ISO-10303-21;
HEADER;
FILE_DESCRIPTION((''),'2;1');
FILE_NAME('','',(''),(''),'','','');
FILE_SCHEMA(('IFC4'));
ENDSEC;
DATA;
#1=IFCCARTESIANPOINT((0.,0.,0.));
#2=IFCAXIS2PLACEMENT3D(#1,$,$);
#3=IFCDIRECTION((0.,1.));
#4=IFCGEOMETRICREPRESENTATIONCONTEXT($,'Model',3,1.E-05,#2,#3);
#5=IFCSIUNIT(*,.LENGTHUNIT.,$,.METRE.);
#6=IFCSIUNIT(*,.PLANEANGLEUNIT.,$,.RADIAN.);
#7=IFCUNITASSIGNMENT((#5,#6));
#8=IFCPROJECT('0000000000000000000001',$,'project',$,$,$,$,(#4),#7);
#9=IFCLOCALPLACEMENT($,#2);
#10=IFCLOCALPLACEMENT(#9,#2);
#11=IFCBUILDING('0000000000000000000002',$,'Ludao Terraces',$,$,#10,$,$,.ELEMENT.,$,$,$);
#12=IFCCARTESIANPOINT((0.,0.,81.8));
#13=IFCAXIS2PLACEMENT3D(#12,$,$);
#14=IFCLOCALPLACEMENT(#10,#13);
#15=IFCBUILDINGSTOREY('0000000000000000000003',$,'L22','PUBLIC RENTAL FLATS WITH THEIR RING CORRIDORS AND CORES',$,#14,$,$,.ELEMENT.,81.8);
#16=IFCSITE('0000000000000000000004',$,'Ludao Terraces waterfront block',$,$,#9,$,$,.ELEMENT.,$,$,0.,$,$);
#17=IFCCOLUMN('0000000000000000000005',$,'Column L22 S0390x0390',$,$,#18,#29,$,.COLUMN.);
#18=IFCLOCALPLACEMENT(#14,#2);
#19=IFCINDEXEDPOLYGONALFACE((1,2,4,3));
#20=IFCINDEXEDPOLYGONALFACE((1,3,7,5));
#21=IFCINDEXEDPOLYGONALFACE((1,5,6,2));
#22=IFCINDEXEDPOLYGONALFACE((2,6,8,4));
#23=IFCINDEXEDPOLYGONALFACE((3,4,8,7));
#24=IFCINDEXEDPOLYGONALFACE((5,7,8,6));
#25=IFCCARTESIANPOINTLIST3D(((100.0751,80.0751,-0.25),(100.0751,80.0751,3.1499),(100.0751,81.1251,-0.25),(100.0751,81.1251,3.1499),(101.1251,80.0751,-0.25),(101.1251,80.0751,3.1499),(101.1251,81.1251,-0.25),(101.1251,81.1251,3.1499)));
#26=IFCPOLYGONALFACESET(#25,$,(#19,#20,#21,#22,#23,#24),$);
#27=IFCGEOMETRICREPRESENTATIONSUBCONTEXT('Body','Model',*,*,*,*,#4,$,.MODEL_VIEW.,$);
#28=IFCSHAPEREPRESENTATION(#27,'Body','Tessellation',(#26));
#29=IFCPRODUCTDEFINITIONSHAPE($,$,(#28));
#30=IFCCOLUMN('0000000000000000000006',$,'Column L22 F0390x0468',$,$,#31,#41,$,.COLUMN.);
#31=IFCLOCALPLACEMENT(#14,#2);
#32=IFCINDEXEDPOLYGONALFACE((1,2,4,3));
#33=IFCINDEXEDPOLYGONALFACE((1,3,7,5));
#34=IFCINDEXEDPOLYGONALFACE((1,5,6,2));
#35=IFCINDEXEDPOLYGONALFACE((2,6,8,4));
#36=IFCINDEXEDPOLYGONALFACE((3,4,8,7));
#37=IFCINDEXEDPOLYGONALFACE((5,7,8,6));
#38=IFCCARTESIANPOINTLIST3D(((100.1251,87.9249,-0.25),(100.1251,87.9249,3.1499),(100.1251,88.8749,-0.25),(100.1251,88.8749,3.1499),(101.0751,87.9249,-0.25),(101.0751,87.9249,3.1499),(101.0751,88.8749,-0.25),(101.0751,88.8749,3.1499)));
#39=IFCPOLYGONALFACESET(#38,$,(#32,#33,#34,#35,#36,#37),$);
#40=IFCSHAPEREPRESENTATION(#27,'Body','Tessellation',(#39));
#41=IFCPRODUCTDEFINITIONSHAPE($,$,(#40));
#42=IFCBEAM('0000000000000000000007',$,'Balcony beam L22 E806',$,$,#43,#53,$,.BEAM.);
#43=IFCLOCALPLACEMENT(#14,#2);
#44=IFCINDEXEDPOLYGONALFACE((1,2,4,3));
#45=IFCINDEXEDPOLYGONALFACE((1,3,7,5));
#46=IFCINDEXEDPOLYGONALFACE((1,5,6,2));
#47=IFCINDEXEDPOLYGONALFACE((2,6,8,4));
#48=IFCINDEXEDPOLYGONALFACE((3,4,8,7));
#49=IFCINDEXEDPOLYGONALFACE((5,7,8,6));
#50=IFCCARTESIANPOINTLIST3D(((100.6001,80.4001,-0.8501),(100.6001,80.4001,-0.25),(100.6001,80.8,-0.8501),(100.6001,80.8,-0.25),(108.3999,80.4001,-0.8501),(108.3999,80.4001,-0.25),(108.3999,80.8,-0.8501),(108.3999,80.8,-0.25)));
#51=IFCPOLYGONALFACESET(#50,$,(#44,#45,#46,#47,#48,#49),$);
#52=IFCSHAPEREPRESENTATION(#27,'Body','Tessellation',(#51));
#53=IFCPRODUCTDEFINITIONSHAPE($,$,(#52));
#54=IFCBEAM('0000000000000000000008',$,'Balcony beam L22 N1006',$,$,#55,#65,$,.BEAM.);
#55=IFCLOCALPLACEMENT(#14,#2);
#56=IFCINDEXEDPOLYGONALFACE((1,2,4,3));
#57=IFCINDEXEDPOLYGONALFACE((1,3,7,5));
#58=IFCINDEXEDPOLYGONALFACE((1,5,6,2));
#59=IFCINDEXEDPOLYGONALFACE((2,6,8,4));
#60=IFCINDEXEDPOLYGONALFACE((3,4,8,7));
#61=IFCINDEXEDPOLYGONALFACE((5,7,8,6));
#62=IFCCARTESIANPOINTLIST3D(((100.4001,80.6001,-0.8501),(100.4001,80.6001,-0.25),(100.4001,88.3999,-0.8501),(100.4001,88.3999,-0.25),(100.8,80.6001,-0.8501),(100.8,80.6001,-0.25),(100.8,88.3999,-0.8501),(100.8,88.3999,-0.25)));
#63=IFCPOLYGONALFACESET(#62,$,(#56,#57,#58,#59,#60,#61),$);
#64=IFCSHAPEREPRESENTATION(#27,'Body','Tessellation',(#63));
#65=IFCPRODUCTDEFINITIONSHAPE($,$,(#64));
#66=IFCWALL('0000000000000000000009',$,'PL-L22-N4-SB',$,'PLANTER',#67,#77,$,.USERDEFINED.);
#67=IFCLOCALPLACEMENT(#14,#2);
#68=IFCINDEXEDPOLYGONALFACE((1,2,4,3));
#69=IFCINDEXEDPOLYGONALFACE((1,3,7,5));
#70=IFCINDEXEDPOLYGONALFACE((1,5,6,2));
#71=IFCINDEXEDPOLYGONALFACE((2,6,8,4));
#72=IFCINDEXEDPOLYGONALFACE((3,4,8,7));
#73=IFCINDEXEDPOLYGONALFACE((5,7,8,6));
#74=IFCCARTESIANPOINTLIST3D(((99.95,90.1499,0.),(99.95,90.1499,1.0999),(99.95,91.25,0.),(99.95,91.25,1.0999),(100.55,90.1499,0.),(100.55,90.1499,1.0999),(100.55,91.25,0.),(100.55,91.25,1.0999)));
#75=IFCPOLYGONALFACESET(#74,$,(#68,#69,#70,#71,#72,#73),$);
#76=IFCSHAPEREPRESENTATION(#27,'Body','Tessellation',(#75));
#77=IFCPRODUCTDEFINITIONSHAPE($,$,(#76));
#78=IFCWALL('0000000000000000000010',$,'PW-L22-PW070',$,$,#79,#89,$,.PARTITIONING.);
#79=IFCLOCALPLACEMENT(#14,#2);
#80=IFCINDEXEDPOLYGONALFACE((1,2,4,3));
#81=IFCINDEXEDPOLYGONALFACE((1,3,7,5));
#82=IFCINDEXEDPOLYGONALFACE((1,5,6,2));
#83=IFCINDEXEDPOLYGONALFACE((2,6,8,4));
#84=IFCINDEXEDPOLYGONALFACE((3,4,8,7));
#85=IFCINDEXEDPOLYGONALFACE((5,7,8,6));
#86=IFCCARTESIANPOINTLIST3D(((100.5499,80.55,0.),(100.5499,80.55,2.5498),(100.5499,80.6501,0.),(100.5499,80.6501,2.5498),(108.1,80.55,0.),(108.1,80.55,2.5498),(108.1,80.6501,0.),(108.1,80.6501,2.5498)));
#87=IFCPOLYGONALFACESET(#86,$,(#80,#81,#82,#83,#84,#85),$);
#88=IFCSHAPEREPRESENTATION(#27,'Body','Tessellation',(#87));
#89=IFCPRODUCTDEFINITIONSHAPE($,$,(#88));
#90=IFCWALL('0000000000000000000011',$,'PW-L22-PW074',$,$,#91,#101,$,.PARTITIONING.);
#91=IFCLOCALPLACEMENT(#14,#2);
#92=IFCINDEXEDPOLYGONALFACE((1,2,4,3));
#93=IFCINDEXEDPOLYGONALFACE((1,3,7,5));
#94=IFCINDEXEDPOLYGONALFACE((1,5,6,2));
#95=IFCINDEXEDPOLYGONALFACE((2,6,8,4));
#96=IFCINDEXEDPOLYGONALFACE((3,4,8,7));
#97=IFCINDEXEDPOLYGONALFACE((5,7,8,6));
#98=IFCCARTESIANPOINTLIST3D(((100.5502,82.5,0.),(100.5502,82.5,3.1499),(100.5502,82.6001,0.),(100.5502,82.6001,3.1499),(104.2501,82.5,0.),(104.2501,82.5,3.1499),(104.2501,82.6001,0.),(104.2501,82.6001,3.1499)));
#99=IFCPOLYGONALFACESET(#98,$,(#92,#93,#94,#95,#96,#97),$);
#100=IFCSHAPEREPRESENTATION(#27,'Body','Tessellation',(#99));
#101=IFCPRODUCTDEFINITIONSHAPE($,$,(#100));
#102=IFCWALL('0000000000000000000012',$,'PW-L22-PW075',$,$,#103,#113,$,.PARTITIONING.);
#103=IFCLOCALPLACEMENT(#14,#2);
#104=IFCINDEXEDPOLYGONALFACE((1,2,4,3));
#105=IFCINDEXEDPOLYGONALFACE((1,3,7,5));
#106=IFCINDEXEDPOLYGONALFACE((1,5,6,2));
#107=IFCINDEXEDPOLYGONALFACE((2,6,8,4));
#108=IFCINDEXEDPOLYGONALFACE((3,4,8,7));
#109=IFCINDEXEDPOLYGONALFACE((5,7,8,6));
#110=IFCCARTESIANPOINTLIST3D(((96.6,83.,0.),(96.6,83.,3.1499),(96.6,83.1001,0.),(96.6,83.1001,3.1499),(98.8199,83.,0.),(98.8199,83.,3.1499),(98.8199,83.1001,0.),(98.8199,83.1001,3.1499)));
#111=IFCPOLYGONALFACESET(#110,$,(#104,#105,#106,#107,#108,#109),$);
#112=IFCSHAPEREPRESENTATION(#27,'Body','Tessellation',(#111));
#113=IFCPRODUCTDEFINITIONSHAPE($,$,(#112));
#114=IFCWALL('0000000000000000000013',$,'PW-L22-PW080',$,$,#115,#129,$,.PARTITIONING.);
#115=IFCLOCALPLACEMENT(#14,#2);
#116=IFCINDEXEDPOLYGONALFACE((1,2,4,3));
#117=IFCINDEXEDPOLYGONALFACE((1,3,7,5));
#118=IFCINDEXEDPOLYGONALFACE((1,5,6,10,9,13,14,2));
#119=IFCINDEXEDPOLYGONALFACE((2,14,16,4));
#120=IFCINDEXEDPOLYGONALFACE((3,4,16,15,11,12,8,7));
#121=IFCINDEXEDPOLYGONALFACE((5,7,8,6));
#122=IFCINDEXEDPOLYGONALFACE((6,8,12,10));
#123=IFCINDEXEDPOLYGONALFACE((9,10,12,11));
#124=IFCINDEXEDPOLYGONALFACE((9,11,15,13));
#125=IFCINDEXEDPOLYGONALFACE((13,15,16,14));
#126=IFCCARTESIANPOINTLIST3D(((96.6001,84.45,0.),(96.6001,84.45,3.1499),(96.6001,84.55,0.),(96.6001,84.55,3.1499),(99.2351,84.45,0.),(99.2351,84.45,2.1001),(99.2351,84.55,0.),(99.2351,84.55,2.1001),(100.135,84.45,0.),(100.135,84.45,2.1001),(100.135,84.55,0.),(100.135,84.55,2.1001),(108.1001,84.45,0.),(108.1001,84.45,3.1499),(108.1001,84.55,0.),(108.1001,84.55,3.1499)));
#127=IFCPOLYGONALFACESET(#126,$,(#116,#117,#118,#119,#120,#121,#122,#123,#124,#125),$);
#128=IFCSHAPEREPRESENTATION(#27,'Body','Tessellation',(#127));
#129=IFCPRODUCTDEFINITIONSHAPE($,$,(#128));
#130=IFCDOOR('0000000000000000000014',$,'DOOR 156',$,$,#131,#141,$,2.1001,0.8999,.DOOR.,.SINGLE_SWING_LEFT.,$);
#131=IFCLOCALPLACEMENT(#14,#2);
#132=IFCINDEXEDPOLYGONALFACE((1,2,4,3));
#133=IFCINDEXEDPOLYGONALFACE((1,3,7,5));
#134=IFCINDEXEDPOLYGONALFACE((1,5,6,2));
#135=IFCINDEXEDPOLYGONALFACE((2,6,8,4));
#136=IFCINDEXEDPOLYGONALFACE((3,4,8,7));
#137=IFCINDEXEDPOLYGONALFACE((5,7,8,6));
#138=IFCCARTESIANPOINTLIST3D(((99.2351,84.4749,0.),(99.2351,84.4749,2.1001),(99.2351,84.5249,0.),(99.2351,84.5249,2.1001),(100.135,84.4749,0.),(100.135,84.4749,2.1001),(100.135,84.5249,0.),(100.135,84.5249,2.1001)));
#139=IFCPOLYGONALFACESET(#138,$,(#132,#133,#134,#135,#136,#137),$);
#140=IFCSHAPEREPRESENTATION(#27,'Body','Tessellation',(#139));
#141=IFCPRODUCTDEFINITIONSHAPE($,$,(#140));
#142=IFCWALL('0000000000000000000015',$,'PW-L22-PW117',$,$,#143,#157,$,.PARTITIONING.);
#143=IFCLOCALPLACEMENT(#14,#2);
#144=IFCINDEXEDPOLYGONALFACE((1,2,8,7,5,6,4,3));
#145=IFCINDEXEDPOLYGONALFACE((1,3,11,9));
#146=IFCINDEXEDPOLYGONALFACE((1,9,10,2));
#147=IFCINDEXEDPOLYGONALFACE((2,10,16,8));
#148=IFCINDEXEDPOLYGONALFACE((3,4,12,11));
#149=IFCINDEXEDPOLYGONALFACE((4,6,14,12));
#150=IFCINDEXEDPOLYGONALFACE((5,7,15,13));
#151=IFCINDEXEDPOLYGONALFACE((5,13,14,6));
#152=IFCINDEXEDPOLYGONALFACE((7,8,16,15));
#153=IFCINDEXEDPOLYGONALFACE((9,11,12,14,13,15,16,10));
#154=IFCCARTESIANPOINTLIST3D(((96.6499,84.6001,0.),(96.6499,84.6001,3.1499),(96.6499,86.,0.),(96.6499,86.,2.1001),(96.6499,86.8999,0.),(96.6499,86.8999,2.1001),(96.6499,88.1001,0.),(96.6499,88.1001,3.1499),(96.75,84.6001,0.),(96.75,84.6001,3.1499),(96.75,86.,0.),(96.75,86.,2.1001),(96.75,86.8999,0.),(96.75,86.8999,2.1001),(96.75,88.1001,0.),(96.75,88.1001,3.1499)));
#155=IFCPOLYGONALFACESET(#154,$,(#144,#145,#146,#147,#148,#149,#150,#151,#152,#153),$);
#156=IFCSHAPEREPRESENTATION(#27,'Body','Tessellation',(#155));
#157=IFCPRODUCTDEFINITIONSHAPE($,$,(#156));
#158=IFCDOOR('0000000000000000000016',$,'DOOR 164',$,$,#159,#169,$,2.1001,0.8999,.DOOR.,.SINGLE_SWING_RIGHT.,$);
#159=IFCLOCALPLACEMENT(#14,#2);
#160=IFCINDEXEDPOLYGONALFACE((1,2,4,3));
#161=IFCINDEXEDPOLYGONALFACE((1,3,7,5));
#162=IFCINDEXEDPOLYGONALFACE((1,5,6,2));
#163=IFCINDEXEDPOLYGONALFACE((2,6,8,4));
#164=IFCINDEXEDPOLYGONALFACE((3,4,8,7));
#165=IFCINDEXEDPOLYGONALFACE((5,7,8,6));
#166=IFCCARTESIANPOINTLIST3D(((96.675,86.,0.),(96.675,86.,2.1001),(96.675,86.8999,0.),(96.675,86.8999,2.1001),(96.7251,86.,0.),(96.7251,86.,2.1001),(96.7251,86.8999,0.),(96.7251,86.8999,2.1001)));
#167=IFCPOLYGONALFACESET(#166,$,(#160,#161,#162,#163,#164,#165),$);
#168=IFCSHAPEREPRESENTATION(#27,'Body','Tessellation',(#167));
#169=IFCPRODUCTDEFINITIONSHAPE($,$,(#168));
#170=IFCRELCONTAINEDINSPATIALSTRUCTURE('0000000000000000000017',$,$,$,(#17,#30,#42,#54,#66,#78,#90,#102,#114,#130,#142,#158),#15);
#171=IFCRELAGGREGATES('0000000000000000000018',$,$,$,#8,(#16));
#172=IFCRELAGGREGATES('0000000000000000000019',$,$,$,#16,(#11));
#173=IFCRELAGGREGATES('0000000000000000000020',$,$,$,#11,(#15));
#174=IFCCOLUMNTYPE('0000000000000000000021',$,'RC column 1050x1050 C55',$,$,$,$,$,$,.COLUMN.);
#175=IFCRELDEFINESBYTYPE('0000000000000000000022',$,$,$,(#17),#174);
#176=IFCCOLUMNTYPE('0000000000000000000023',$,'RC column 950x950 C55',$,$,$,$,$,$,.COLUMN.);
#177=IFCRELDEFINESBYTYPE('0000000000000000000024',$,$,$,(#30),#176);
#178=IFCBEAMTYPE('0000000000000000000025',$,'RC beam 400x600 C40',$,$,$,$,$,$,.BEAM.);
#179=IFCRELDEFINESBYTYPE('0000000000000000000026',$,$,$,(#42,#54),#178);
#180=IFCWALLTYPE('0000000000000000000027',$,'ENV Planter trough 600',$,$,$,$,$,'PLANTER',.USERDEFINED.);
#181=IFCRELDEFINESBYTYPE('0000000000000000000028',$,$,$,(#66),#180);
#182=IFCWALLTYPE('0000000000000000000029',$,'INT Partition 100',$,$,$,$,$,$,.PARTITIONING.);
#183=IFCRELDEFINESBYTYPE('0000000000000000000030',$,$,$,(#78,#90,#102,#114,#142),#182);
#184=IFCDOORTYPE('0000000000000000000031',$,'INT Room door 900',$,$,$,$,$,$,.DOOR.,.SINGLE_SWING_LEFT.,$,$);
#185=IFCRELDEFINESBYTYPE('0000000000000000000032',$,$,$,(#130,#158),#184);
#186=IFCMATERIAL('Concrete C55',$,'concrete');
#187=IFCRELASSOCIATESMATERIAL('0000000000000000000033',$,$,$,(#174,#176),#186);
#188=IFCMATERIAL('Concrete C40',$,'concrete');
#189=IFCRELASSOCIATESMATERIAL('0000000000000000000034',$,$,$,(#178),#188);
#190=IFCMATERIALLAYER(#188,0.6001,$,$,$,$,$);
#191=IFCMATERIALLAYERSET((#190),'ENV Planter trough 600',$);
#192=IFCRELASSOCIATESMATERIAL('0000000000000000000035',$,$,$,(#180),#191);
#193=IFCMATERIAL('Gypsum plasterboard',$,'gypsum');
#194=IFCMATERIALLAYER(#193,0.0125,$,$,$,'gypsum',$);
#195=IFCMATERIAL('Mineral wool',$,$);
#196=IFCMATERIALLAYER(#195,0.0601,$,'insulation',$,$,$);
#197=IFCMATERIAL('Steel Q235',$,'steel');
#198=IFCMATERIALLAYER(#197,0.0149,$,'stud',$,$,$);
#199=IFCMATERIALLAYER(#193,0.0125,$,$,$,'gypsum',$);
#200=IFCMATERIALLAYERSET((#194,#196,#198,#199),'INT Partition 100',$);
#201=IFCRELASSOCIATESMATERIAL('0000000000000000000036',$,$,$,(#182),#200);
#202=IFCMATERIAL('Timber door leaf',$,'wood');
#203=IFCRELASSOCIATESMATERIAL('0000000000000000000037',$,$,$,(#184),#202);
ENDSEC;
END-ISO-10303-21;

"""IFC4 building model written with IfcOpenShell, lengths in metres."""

from ifc_helpers import new_model, si_unit, direction, frame, frame_2d, origin, origin_2d, place, context, subcontext, project, spatial, rectangle, extrude, material, layer, layer_set, material_profile, profile_set, type_object, element, fill, save


model = new_model("IFC4")

# Units and contexts
model_context = context("Model", 3, precision=1e-05, world=origin(), true_north=direction((0.0, 1.0)))
body_context = subcontext(model_context, "Body", "Model", "MODEL_VIEW")
ifc_project = project(units=[si_unit("LENGTHUNIT", "METRE"), si_unit("PLANEANGLEUNIT", "RADIAN")], contexts=[model_context])

# Site, building, storey
site_placement = place(None, origin())
site = spatial("IfcSite", under=ifc_project, at=site_placement, Name="Ludao Terraces waterfront block", CompositionType="ELEMENT", RefElevation=0.0)
building_placement = place(site_placement, origin())
building = spatial("IfcBuilding", under=site, at=building_placement, Name="Ludao Terraces", CompositionType="ELEMENT")
storey_placement = place(building_placement, frame((0.0, 0.0, 81.8)))
storey = spatial("IfcBuildingStorey", under=building, at=storey_placement, Name="L22", Description="PUBLIC RENTAL FLATS WITH THEIR RING CORRIDORS AND CORES", CompositionType="ELEMENT", Elevation=81.8)

# Columns
ifc_material_1 = material(Name="Concrete C55", Category="concrete")
ifc_material_profile_1 = material_profile(ifc_material_1, rectangle(XDim=1.05, YDim=1.05, at=origin_2d()), Name="1050 X 1050")
ifc_profile_set_1 = profile_set([ifc_material_profile_1], Name="Concrete C55")
column_type_1 = type_object("IfcColumnType", Name="RC column 1050x1050 C55", PredefinedType="COLUMN", material=ifc_profile_set_1)
column_1_placement = place(storey_placement, frame((100.6001, 80.6001, -0.25), z_axis=(0.0, 0.0, 1.0), x_axis=(1.0, 0.0, 0.0)))
element("IfcColumn", 1, at=column_1_placement, inside=storey, type_object=column_type_1, Name="Column L22 S0390x0390", PredefinedType="COLUMN", context=body_context, shape_type="SweptSolid", body=[
    extrude(rectangle(XDim=1.05, YDim=1.05, at=origin_2d()), origin(), (0.0, 0.0, 1.0), 3.3999),
])
ifc_material_profile_2 = material_profile(ifc_material_1, rectangle(XDim=0.95, YDim=0.95, at=origin_2d()), Name="950 X 950")
ifc_profile_set_2 = profile_set([ifc_material_profile_2], Name="Concrete C55")
column_type_2 = type_object("IfcColumnType", Name="RC column 950x950 C55", PredefinedType="COLUMN", material=ifc_profile_set_2)
column_2_placement = place(storey_placement, frame((100.6001, 88.3999, -0.25), z_axis=(0.0, 0.0, 1.0), x_axis=(1.0, 0.0, 0.0)))
element("IfcColumn", 2, at=column_2_placement, inside=storey, type_object=column_type_2, Name="Column L22 F0390x0468", PredefinedType="COLUMN", context=body_context, shape_type="SweptSolid", body=[
    extrude(rectangle(XDim=0.95, YDim=0.95, at=origin_2d()), origin(), (0.0, 0.0, 1.0), 3.3999),
])

# Beams
ifc_material_2 = material(Name="Concrete C40", Category="concrete")
ifc_material_profile_3 = material_profile(ifc_material_2, rectangle(XDim=0.3999, YDim=0.6001, at=origin_2d()), Name="400 X 600")
ifc_profile_set_3 = profile_set([ifc_material_profile_3], Name="Concrete C40")
beam_type = type_object("IfcBeamType", Name="RC beam 400x600 C40", PredefinedType="BEAM", material=ifc_profile_set_3)
for number, where, z_axis, x_axis, name in (
    (3, (100.6001, 80.6001, -0.55), (1.0, 0.0, 0.0), (0.0, 1.0, 0.0), "Balcony beam L22 E806"),
    (4, (100.6001, 80.6001, -0.55), (0.0, 1.0, 0.0), (-1.0, 0.0, 0.0), "Balcony beam L22 N1006"),
):
    element("IfcBeam", number, at=place(storey_placement, frame(where, z_axis=z_axis, x_axis=x_axis)), inside=storey, type_object=beam_type, Name=name, PredefinedType="BEAM", context=body_context, shape_type="SweptSolid", body=[
        extrude(rectangle(XDim=0.3999, YDim=0.6001, at=origin_2d()), origin(), (0.0, 0.0, 1.0), 7.7998),
    ])

# Walls
ifc_layer_1 = layer(ifc_material_2, 0.6001)
ifc_layer_set_1 = layer_set([ifc_layer_1], Name="ENV Planter trough 600")
wall_type_1 = type_object("IfcWallType", Name="ENV Planter trough 600", ElementType="PLANTER", PredefinedType="USERDEFINED", material=ifc_layer_set_1)
wall_1_placement = place(storey_placement, frame((100.25, 91.25, 0.0), z_axis=(0.0, 0.0, 1.0), x_axis=(0.0, -1.0, 0.0)))
element("IfcWall", 5, at=wall_1_placement, inside=storey, type_object=wall_type_1, Name="PL-L22-N4-SB", ObjectType="PLANTER", PredefinedType="USERDEFINED", context=body_context, shape_type="SweptSolid", body=[
    extrude(rectangle(XDim=1.1001, YDim=0.6001, at=frame_2d((0.55, 0.0))), origin(), (0.0, 0.0, 1.0), 1.0999),
])
ifc_material_3 = material(Name="Gypsum plasterboard", Category="gypsum")
ifc_layer_2 = layer(ifc_material_3, 0.0125, Category="gypsum")
ifc_material_4 = material(Name="Mineral wool")
ifc_layer_3 = layer(ifc_material_4, 0.0601, Name="insulation")
ifc_material_5 = material(Name="Steel Q235", Category="steel")
ifc_layer_4 = layer(ifc_material_5, 0.0149, Name="stud")
ifc_layer_5 = layer(ifc_material_3, 0.0125, Category="gypsum")
ifc_layer_set_2 = layer_set([ifc_layer_2, ifc_layer_3, ifc_layer_4, ifc_layer_5], Name="INT Partition 100")
wall_type_2 = type_object("IfcWallType", Name="INT Partition 100", PredefinedType="PARTITIONING", material=ifc_layer_set_2)
wall_2_placement = place(storey_placement, frame((100.55, 80.6001, 0.0), z_axis=(0.0, 0.0, 1.0), x_axis=(1.0, 0.0, 0.0)))
element("IfcWall", 6, at=wall_2_placement, inside=storey, type_object=wall_type_2, Name="PW-L22-PW070", PredefinedType="PARTITIONING", context=body_context, shape_type="SweptSolid", body=[
    extrude(rectangle(XDim=7.55, YDim=0.1001, at=frame_2d((3.7749, 0.0))), origin(), (0.0, 0.0, 1.0), 2.5498),
])
wall_3_placement = place(storey_placement, frame((100.55, 82.55, 0.0), z_axis=(0.0, 0.0, 1.0), x_axis=(1.0, 0.0, 0.0)))
element("IfcWall", 7, at=wall_3_placement, inside=storey, type_object=wall_type_2, Name="PW-L22-PW074", PredefinedType="PARTITIONING", context=body_context, shape_type="SweptSolid", body=[
    extrude(rectangle(XDim=3.7, YDim=0.1001, at=frame_2d((1.8501, 0.0))), origin(), (0.0, 0.0, 1.0), 3.1499),
])
wall_4_placement = place(storey_placement, frame((96.6001, 83.05, 0.0), z_axis=(0.0, 0.0, 1.0), x_axis=(1.0, 0.0, 0.0)))
element("IfcWall", 8, at=wall_4_placement, inside=storey, type_object=wall_type_2, Name="PW-L22-PW075", PredefinedType="PARTITIONING", context=body_context, shape_type="SweptSolid", body=[
    extrude(rectangle(XDim=2.22, YDim=0.1001, at=frame_2d((1.1099, 0.0))), origin(), (0.0, 0.0, 1.0), 3.1499),
])

# Walls, openings, doors
wall_5_placement = place(storey_placement, frame((96.6001, 84.5, 0.0), z_axis=(0.0, 0.0, 1.0), x_axis=(1.0, 0.0, 0.0)))
wall_5 = element("IfcWall", 9, at=wall_5_placement, inside=storey, type_object=wall_type_2, Name="PW-L22-PW080", PredefinedType="PARTITIONING", context=body_context, shape_type="SweptSolid", body=[
    extrude(rectangle(XDim=11.5, YDim=0.1001, at=frame_2d((5.75, 0.0))), origin(), (0.0, 0.0, 1.0), 3.1499),
])
opening_1_placement = place(wall_5_placement, frame((2.635, 0.0, 0.0)))
opening_1 = element("IfcOpeningElement", 10, at=opening_1_placement, cuts=wall_5, PredefinedType="OPENING", context=body_context, shape_type="SweptSolid", body=[
    extrude(rectangle(XDim=0.8999, YDim=2.1001, at=frame_2d((0.45, 1.05))), frame((0.0, 0.0601, 0.0), z_axis=(0.0, -1.0, 0.0), x_axis=(1.0, 0.0, 0.0)), (0.0, 0.0, 1.0), 0.1201),
])
ifc_material_6 = material(Name="Timber door leaf", Category="wood")
door_type_1 = type_object("IfcDoorType", Name="INT Room door 900", OperationType="SINGLE_SWING_LEFT", PredefinedType="DOOR", material=ifc_material_6)
door_1_placement = place(opening_1_placement, origin())
door_1 = element("IfcDoor", 11, at=door_1_placement, inside=storey, type_object=door_type_1, Name="DOOR 156", OperationType="SINGLE_SWING_LEFT", OverallHeight=2.1001, OverallWidth=0.8999, PredefinedType="DOOR", context=body_context, shape_type="SweptSolid", body=[
    extrude(rectangle(XDim=0.8999, YDim=2.1001, at=frame_2d((0.45, 1.05))), frame((0.0, 0.0249, 0.0), z_axis=(0.0, -1.0, 0.0), x_axis=(1.0, 0.0, 0.0)), (0.0, 0.0, 1.0), 0.05),
])
fill(opening_1, door_1)
wall_6_placement = place(storey_placement, frame((96.7, 84.6001, 0.0), z_axis=(0.0, 0.0, 1.0), x_axis=(0.0, 1.0, 0.0)))
wall_6 = element("IfcWall", 12, at=wall_6_placement, inside=storey, type_object=wall_type_2, Name="PW-L22-PW117", PredefinedType="PARTITIONING", context=body_context, shape_type="SweptSolid", body=[
    extrude(rectangle(XDim=3.5, YDim=0.1001, at=frame_2d((1.75, 0.0))), origin(), (0.0, 0.0, 1.0), 3.1499),
])
opening_2_placement = place(wall_6_placement, frame((1.3999, 0.0, 0.0)))
opening_2 = element("IfcOpeningElement", 13, at=opening_2_placement, cuts=wall_6, PredefinedType="OPENING", context=body_context, shape_type="SweptSolid", body=[
    extrude(rectangle(XDim=0.8999, YDim=2.1001, at=frame_2d((0.45, 1.05))), frame((0.0, 0.0601, 0.0), z_axis=(0.0, -1.0, 0.0), x_axis=(1.0, 0.0, 0.0)), (0.0, 0.0, 1.0), 0.1201),
])
door_2_placement = place(opening_2_placement, origin())
door_2 = element("IfcDoor", 14, at=door_2_placement, inside=storey, type_object=door_type_1, Name="DOOR 164", OperationType="SINGLE_SWING_RIGHT", OverallHeight=2.1001, OverallWidth=0.8999, PredefinedType="DOOR", context=body_context, shape_type="SweptSolid", body=[
    extrude(rectangle(XDim=0.8999, YDim=2.1001, at=frame_2d((0.45, 1.05))), frame((0.0, 0.0249, 0.0), z_axis=(0.0, -1.0, 0.0), x_axis=(1.0, 0.0, 0.0)), (0.0, 0.0, 1.0), 0.05),
])
fill(opening_2, door_2)

save(model, "model.ifc")
